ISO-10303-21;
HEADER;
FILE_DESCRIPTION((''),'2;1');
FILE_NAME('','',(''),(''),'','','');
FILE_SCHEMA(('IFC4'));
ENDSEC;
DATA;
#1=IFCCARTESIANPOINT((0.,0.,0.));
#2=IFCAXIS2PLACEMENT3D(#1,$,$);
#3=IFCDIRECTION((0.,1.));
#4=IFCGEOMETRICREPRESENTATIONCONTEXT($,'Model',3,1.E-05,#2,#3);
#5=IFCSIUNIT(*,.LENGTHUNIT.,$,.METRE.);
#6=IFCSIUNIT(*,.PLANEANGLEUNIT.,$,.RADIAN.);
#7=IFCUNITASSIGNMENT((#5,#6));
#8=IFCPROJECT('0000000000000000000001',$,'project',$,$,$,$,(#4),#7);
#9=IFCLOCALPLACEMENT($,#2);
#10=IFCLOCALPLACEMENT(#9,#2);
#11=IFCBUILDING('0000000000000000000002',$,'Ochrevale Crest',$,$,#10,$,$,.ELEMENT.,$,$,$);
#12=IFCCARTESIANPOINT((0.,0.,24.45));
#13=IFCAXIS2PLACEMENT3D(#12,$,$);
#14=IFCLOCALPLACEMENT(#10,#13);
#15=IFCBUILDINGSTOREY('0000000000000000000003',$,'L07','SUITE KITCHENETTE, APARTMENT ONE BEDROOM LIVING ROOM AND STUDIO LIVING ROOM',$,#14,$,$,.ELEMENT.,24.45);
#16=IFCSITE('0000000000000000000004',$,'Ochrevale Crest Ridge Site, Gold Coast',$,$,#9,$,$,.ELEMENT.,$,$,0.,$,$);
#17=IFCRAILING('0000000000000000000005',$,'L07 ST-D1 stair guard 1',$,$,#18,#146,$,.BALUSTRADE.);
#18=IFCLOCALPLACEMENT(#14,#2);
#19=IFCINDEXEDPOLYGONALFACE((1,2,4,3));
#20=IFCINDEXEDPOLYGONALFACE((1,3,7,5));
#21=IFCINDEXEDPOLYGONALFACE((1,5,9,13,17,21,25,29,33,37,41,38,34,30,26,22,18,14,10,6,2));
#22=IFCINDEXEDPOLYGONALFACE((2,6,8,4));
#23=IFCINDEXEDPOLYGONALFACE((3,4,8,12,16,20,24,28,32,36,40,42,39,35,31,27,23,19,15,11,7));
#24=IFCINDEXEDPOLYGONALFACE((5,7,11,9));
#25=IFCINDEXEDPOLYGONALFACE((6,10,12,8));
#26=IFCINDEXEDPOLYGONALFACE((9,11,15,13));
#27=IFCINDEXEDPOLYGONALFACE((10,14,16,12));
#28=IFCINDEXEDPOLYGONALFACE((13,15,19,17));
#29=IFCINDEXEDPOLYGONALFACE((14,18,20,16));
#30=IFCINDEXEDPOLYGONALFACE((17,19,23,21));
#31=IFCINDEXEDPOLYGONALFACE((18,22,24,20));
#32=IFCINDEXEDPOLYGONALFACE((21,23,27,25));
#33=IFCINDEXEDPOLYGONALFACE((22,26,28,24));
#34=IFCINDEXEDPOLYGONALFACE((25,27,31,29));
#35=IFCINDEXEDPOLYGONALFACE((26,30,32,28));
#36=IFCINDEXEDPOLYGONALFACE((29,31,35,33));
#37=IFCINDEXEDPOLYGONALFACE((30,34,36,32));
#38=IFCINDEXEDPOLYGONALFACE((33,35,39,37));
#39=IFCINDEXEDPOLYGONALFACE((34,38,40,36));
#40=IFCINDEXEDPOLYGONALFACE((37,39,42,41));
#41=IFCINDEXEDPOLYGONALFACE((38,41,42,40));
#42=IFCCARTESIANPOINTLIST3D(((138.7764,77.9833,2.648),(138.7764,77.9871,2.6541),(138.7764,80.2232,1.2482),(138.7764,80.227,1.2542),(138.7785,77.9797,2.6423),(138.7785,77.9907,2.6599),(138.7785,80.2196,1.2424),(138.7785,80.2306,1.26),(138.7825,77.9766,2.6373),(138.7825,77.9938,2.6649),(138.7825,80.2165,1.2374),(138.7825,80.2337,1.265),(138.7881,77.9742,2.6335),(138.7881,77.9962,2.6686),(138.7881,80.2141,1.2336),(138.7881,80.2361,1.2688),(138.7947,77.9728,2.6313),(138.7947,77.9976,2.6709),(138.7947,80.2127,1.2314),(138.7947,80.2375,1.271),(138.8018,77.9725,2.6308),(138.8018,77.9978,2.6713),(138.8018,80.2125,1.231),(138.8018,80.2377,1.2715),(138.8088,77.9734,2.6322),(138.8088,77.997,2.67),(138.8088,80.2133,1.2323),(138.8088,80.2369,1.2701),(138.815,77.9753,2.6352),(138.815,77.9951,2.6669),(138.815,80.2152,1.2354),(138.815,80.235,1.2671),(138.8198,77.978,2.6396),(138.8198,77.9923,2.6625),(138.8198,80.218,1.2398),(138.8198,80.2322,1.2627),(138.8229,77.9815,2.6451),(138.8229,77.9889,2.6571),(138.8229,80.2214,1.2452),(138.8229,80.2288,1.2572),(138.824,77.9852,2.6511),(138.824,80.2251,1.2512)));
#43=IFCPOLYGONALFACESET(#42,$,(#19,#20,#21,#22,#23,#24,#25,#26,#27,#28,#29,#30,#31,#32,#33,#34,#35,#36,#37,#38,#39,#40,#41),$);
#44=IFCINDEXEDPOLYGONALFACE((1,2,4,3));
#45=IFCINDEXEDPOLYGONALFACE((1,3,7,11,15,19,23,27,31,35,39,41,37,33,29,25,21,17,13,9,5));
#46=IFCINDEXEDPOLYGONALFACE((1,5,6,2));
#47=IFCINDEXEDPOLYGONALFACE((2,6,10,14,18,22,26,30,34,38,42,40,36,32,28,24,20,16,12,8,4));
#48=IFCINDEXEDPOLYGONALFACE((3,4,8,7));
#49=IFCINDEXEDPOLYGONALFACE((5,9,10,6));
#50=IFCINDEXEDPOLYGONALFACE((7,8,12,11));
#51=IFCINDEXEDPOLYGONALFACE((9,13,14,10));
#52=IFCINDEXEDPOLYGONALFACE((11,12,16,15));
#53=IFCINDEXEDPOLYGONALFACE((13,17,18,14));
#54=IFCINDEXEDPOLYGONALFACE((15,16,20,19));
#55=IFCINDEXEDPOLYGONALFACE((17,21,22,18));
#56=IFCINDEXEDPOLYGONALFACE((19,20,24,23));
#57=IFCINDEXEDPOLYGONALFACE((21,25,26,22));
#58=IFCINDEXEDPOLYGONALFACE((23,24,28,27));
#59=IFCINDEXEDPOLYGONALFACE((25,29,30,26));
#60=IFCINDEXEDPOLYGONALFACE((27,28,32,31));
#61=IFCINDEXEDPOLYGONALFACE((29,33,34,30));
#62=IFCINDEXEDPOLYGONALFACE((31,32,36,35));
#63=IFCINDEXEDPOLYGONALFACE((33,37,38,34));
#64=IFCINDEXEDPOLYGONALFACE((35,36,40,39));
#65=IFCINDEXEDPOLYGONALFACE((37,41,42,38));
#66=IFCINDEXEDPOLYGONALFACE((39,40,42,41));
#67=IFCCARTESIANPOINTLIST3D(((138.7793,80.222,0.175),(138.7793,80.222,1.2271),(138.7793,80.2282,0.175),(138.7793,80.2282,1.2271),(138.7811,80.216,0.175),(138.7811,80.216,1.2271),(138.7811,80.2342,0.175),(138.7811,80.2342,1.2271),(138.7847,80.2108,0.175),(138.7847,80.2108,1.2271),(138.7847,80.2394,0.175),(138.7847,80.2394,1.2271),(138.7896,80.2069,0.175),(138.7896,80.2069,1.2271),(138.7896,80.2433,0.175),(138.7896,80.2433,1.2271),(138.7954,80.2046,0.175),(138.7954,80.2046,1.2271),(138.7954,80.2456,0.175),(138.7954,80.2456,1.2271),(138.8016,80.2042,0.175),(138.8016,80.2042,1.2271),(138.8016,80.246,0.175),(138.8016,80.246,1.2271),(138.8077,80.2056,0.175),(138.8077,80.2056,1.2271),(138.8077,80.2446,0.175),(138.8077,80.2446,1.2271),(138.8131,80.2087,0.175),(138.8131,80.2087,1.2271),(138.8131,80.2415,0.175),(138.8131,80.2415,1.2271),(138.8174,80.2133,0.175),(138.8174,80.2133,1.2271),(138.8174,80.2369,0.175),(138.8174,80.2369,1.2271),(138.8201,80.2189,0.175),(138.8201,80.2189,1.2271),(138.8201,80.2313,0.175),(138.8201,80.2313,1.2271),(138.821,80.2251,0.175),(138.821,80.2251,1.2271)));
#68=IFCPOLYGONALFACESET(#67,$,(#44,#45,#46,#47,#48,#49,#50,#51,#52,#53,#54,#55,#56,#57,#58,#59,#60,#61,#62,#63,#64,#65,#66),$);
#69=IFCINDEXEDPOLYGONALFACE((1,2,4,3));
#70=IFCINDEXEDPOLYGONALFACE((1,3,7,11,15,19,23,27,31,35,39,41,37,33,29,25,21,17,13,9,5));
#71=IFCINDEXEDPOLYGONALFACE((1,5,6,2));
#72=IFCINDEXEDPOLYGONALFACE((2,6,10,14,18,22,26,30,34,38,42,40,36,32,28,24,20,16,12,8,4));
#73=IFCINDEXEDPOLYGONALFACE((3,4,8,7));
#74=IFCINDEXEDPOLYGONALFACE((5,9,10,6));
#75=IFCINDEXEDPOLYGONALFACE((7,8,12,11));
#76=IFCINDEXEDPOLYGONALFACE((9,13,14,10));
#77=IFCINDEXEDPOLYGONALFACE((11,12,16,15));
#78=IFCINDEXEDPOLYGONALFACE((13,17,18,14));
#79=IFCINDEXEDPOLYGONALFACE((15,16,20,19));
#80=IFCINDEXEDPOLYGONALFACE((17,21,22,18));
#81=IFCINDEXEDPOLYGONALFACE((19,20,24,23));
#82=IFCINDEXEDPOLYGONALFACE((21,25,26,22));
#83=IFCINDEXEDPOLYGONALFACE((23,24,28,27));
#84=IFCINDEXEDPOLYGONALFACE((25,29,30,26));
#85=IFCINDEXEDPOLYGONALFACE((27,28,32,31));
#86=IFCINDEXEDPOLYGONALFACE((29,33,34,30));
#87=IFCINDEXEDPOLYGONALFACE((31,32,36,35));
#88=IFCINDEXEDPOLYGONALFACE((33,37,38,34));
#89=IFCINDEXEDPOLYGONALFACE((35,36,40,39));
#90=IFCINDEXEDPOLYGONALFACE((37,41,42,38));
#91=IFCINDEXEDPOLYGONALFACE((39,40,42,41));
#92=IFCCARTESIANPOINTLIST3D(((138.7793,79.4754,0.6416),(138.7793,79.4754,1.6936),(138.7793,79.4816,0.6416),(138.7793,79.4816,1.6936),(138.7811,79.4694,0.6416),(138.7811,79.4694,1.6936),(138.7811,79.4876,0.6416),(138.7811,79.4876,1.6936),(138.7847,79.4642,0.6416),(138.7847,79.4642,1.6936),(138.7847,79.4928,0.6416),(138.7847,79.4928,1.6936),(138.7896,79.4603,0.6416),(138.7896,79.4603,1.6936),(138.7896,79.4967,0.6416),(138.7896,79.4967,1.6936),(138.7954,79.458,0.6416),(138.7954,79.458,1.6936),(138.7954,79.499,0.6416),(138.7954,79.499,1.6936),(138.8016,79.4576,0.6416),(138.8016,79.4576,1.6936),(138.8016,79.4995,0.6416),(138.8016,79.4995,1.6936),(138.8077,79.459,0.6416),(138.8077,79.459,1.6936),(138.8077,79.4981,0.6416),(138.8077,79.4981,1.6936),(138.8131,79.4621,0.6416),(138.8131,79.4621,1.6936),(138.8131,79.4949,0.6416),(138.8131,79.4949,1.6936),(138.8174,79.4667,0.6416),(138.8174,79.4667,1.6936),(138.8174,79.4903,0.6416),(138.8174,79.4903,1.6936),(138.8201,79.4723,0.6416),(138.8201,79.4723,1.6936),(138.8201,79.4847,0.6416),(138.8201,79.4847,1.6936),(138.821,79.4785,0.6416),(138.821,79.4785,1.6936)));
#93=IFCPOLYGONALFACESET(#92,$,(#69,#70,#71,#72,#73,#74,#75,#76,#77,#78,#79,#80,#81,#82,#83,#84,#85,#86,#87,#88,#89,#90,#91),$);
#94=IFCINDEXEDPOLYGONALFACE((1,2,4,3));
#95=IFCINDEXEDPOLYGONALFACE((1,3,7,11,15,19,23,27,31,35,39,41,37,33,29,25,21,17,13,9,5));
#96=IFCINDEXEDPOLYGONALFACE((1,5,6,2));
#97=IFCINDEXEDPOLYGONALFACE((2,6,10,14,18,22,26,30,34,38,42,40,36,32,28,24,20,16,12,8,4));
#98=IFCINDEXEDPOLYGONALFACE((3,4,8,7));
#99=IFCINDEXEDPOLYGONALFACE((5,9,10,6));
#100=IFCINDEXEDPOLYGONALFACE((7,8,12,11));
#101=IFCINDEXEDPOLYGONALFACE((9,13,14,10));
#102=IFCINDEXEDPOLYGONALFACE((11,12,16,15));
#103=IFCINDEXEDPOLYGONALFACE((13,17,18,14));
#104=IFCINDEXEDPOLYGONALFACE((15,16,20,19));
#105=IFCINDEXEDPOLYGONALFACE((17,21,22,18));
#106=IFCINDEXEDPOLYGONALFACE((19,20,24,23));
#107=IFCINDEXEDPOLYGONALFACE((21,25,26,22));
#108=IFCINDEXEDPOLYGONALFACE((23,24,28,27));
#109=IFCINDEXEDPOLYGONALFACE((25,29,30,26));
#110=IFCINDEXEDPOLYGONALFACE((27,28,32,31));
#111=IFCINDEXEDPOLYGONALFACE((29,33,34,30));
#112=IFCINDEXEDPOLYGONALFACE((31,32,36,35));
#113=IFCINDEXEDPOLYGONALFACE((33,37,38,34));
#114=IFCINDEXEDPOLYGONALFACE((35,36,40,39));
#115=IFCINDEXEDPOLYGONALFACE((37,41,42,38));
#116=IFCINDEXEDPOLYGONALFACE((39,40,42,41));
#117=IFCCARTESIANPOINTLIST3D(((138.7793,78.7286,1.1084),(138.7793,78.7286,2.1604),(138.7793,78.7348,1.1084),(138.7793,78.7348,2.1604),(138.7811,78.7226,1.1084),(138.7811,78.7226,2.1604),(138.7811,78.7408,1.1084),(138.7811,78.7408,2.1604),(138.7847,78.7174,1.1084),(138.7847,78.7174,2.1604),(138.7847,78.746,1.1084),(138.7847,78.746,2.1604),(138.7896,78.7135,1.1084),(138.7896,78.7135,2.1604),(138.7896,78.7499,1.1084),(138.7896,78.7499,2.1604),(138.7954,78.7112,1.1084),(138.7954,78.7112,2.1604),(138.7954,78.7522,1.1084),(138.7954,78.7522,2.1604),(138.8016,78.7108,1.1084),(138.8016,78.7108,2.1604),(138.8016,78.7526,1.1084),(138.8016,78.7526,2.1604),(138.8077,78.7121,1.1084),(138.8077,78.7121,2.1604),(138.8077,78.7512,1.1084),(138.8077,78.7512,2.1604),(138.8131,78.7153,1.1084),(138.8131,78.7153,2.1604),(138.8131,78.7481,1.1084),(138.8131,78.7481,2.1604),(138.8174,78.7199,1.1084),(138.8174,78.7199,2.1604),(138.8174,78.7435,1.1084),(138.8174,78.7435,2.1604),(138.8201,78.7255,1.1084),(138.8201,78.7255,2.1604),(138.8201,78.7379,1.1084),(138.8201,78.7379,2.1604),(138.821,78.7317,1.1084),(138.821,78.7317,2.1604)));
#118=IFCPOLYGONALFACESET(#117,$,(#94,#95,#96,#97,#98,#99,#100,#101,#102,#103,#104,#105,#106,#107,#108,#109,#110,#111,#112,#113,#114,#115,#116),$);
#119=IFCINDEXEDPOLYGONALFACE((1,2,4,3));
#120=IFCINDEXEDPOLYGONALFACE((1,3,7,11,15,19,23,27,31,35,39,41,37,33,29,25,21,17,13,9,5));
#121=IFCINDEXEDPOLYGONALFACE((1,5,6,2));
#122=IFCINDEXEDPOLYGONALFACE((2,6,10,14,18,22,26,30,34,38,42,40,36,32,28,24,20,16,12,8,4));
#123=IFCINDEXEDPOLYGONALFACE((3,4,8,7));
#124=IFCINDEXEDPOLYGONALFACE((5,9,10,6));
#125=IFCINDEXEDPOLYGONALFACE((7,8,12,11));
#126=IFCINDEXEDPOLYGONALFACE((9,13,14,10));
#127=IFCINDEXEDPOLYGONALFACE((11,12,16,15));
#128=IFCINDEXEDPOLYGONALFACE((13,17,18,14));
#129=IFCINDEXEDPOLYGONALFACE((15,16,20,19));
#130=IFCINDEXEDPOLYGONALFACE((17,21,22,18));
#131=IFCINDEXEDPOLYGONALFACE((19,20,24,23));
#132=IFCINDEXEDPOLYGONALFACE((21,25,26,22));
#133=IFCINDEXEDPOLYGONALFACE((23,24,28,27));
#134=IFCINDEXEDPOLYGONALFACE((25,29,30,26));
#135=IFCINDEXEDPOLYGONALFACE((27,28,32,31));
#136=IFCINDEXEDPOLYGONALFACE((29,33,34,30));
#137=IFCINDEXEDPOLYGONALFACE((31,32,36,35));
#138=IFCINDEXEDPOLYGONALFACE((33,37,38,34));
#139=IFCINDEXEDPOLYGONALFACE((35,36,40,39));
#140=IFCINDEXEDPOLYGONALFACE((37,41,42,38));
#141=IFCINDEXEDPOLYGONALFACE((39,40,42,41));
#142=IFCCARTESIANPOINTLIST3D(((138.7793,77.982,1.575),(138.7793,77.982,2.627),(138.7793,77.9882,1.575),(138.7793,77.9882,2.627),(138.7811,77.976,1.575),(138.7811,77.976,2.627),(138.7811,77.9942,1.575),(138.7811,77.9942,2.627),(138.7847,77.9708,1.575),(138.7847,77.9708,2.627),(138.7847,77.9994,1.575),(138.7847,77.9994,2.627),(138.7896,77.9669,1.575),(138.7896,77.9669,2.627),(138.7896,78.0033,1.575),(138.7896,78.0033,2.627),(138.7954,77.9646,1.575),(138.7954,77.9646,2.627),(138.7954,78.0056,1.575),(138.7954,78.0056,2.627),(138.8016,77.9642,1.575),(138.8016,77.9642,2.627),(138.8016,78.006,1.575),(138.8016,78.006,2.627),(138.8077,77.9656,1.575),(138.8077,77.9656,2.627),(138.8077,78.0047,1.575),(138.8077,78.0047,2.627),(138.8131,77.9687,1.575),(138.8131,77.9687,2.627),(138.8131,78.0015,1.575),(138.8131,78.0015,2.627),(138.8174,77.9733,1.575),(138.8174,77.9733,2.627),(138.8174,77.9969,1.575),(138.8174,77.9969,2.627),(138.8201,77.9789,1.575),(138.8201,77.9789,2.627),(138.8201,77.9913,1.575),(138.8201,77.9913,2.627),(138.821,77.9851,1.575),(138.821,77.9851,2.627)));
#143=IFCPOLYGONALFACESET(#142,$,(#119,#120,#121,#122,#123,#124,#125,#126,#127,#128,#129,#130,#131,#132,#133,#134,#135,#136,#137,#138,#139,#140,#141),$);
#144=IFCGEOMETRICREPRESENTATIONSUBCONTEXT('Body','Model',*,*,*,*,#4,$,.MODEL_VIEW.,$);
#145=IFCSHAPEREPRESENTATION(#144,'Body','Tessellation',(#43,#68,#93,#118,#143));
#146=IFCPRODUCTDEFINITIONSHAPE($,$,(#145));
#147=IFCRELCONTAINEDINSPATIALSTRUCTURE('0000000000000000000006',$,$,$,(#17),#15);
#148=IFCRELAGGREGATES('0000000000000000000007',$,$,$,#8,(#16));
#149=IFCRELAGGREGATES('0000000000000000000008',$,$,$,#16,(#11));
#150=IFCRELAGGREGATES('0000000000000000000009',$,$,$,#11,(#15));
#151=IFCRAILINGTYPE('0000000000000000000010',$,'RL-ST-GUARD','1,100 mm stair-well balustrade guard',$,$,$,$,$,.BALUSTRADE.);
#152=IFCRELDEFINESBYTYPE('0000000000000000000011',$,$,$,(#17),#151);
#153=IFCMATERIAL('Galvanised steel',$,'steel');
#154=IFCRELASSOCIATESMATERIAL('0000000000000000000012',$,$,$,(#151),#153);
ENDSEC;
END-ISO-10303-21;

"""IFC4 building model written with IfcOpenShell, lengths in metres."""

from ifc_helpers import new_model, si_unit, direction, frame, origin, origin_2d, place, context, subcontext, project, spatial, circle, extrude, material, type_object, element, save


model = new_model("IFC4")

# Units and contexts
model_context = context("Model", 3, precision=1e-05, world=origin(), true_north=direction((0.0, 1.0)))
body_context = subcontext(model_context, "Body", "Model", "MODEL_VIEW")
ifc_project = project(units=[si_unit("LENGTHUNIT", "METRE"), si_unit("PLANEANGLEUNIT", "RADIAN")], contexts=[model_context])

# Site, building, storey
site_placement = place(None, origin())
site = spatial("IfcSite", under=ifc_project, at=site_placement, Name="Ochrevale Crest Ridge Site, Gold Coast", CompositionType="ELEMENT", RefElevation=0.0)
building_placement = place(site_placement, origin())
building = spatial("IfcBuilding", under=site, at=building_placement, Name="Ochrevale Crest", CompositionType="ELEMENT")
storey_placement = place(building_placement, frame((0.0, 0.0, 24.45)))
storey = spatial("IfcBuildingStorey", under=building, at=storey_placement, Name="L07", Description="SUITE KITCHENETTE, APARTMENT ONE BEDROOM LIVING ROOM AND STUDIO LIVING ROOM", CompositionType="ELEMENT", Elevation=24.45)

# Railing
ifc_material_1 = material(Name="Galvanised steel", Category="steel")
railing_type_1 = type_object("IfcRailingType", Name="RL-ST-GUARD", Description="1,100 mm stair-well balustrade guard", PredefinedType="BALUSTRADE", material=ifc_material_1)
railing_1_placement = place(storey_placement, frame((138.8, 80.2251, 0.175)))
element("IfcRailing", 1, at=railing_1_placement, inside=storey, type_object=railing_type_1, Name="L07 ST-D1 stair guard 1", PredefinedType="BALUSTRADE", context=body_context, shape_type="SweptSolid", body=[
    extrude(circle(Radius=0.0239, at=origin_2d()), frame((0.0, 0.0, 1.0762), z_axis=(0.0, -0.848014, 0.529974), x_axis=(1.0, 0.0, 0.0)), (0.0, 0.0, 1.0), 2.6414),
    extrude(circle(Radius=0.021, at=origin_2d()), origin(), (0.0, 0.0, 1.0), 1.052),
    extrude(circle(Radius=0.021, at=origin_2d()), frame((0.0, -0.7466, 0.4666)), (0.0, 0.0, 1.0), 1.052),
    extrude(circle(Radius=0.021, at=origin_2d()), frame((0.0, -1.4934, 0.9333)), (0.0, 0.0, 1.0), 1.052),
    extrude(circle(Radius=0.021, at=origin_2d()), frame((0.0, -2.24, 1.3999)), (0.0, 0.0, 1.0), 1.052),
])

save(model, "model.ifc")
